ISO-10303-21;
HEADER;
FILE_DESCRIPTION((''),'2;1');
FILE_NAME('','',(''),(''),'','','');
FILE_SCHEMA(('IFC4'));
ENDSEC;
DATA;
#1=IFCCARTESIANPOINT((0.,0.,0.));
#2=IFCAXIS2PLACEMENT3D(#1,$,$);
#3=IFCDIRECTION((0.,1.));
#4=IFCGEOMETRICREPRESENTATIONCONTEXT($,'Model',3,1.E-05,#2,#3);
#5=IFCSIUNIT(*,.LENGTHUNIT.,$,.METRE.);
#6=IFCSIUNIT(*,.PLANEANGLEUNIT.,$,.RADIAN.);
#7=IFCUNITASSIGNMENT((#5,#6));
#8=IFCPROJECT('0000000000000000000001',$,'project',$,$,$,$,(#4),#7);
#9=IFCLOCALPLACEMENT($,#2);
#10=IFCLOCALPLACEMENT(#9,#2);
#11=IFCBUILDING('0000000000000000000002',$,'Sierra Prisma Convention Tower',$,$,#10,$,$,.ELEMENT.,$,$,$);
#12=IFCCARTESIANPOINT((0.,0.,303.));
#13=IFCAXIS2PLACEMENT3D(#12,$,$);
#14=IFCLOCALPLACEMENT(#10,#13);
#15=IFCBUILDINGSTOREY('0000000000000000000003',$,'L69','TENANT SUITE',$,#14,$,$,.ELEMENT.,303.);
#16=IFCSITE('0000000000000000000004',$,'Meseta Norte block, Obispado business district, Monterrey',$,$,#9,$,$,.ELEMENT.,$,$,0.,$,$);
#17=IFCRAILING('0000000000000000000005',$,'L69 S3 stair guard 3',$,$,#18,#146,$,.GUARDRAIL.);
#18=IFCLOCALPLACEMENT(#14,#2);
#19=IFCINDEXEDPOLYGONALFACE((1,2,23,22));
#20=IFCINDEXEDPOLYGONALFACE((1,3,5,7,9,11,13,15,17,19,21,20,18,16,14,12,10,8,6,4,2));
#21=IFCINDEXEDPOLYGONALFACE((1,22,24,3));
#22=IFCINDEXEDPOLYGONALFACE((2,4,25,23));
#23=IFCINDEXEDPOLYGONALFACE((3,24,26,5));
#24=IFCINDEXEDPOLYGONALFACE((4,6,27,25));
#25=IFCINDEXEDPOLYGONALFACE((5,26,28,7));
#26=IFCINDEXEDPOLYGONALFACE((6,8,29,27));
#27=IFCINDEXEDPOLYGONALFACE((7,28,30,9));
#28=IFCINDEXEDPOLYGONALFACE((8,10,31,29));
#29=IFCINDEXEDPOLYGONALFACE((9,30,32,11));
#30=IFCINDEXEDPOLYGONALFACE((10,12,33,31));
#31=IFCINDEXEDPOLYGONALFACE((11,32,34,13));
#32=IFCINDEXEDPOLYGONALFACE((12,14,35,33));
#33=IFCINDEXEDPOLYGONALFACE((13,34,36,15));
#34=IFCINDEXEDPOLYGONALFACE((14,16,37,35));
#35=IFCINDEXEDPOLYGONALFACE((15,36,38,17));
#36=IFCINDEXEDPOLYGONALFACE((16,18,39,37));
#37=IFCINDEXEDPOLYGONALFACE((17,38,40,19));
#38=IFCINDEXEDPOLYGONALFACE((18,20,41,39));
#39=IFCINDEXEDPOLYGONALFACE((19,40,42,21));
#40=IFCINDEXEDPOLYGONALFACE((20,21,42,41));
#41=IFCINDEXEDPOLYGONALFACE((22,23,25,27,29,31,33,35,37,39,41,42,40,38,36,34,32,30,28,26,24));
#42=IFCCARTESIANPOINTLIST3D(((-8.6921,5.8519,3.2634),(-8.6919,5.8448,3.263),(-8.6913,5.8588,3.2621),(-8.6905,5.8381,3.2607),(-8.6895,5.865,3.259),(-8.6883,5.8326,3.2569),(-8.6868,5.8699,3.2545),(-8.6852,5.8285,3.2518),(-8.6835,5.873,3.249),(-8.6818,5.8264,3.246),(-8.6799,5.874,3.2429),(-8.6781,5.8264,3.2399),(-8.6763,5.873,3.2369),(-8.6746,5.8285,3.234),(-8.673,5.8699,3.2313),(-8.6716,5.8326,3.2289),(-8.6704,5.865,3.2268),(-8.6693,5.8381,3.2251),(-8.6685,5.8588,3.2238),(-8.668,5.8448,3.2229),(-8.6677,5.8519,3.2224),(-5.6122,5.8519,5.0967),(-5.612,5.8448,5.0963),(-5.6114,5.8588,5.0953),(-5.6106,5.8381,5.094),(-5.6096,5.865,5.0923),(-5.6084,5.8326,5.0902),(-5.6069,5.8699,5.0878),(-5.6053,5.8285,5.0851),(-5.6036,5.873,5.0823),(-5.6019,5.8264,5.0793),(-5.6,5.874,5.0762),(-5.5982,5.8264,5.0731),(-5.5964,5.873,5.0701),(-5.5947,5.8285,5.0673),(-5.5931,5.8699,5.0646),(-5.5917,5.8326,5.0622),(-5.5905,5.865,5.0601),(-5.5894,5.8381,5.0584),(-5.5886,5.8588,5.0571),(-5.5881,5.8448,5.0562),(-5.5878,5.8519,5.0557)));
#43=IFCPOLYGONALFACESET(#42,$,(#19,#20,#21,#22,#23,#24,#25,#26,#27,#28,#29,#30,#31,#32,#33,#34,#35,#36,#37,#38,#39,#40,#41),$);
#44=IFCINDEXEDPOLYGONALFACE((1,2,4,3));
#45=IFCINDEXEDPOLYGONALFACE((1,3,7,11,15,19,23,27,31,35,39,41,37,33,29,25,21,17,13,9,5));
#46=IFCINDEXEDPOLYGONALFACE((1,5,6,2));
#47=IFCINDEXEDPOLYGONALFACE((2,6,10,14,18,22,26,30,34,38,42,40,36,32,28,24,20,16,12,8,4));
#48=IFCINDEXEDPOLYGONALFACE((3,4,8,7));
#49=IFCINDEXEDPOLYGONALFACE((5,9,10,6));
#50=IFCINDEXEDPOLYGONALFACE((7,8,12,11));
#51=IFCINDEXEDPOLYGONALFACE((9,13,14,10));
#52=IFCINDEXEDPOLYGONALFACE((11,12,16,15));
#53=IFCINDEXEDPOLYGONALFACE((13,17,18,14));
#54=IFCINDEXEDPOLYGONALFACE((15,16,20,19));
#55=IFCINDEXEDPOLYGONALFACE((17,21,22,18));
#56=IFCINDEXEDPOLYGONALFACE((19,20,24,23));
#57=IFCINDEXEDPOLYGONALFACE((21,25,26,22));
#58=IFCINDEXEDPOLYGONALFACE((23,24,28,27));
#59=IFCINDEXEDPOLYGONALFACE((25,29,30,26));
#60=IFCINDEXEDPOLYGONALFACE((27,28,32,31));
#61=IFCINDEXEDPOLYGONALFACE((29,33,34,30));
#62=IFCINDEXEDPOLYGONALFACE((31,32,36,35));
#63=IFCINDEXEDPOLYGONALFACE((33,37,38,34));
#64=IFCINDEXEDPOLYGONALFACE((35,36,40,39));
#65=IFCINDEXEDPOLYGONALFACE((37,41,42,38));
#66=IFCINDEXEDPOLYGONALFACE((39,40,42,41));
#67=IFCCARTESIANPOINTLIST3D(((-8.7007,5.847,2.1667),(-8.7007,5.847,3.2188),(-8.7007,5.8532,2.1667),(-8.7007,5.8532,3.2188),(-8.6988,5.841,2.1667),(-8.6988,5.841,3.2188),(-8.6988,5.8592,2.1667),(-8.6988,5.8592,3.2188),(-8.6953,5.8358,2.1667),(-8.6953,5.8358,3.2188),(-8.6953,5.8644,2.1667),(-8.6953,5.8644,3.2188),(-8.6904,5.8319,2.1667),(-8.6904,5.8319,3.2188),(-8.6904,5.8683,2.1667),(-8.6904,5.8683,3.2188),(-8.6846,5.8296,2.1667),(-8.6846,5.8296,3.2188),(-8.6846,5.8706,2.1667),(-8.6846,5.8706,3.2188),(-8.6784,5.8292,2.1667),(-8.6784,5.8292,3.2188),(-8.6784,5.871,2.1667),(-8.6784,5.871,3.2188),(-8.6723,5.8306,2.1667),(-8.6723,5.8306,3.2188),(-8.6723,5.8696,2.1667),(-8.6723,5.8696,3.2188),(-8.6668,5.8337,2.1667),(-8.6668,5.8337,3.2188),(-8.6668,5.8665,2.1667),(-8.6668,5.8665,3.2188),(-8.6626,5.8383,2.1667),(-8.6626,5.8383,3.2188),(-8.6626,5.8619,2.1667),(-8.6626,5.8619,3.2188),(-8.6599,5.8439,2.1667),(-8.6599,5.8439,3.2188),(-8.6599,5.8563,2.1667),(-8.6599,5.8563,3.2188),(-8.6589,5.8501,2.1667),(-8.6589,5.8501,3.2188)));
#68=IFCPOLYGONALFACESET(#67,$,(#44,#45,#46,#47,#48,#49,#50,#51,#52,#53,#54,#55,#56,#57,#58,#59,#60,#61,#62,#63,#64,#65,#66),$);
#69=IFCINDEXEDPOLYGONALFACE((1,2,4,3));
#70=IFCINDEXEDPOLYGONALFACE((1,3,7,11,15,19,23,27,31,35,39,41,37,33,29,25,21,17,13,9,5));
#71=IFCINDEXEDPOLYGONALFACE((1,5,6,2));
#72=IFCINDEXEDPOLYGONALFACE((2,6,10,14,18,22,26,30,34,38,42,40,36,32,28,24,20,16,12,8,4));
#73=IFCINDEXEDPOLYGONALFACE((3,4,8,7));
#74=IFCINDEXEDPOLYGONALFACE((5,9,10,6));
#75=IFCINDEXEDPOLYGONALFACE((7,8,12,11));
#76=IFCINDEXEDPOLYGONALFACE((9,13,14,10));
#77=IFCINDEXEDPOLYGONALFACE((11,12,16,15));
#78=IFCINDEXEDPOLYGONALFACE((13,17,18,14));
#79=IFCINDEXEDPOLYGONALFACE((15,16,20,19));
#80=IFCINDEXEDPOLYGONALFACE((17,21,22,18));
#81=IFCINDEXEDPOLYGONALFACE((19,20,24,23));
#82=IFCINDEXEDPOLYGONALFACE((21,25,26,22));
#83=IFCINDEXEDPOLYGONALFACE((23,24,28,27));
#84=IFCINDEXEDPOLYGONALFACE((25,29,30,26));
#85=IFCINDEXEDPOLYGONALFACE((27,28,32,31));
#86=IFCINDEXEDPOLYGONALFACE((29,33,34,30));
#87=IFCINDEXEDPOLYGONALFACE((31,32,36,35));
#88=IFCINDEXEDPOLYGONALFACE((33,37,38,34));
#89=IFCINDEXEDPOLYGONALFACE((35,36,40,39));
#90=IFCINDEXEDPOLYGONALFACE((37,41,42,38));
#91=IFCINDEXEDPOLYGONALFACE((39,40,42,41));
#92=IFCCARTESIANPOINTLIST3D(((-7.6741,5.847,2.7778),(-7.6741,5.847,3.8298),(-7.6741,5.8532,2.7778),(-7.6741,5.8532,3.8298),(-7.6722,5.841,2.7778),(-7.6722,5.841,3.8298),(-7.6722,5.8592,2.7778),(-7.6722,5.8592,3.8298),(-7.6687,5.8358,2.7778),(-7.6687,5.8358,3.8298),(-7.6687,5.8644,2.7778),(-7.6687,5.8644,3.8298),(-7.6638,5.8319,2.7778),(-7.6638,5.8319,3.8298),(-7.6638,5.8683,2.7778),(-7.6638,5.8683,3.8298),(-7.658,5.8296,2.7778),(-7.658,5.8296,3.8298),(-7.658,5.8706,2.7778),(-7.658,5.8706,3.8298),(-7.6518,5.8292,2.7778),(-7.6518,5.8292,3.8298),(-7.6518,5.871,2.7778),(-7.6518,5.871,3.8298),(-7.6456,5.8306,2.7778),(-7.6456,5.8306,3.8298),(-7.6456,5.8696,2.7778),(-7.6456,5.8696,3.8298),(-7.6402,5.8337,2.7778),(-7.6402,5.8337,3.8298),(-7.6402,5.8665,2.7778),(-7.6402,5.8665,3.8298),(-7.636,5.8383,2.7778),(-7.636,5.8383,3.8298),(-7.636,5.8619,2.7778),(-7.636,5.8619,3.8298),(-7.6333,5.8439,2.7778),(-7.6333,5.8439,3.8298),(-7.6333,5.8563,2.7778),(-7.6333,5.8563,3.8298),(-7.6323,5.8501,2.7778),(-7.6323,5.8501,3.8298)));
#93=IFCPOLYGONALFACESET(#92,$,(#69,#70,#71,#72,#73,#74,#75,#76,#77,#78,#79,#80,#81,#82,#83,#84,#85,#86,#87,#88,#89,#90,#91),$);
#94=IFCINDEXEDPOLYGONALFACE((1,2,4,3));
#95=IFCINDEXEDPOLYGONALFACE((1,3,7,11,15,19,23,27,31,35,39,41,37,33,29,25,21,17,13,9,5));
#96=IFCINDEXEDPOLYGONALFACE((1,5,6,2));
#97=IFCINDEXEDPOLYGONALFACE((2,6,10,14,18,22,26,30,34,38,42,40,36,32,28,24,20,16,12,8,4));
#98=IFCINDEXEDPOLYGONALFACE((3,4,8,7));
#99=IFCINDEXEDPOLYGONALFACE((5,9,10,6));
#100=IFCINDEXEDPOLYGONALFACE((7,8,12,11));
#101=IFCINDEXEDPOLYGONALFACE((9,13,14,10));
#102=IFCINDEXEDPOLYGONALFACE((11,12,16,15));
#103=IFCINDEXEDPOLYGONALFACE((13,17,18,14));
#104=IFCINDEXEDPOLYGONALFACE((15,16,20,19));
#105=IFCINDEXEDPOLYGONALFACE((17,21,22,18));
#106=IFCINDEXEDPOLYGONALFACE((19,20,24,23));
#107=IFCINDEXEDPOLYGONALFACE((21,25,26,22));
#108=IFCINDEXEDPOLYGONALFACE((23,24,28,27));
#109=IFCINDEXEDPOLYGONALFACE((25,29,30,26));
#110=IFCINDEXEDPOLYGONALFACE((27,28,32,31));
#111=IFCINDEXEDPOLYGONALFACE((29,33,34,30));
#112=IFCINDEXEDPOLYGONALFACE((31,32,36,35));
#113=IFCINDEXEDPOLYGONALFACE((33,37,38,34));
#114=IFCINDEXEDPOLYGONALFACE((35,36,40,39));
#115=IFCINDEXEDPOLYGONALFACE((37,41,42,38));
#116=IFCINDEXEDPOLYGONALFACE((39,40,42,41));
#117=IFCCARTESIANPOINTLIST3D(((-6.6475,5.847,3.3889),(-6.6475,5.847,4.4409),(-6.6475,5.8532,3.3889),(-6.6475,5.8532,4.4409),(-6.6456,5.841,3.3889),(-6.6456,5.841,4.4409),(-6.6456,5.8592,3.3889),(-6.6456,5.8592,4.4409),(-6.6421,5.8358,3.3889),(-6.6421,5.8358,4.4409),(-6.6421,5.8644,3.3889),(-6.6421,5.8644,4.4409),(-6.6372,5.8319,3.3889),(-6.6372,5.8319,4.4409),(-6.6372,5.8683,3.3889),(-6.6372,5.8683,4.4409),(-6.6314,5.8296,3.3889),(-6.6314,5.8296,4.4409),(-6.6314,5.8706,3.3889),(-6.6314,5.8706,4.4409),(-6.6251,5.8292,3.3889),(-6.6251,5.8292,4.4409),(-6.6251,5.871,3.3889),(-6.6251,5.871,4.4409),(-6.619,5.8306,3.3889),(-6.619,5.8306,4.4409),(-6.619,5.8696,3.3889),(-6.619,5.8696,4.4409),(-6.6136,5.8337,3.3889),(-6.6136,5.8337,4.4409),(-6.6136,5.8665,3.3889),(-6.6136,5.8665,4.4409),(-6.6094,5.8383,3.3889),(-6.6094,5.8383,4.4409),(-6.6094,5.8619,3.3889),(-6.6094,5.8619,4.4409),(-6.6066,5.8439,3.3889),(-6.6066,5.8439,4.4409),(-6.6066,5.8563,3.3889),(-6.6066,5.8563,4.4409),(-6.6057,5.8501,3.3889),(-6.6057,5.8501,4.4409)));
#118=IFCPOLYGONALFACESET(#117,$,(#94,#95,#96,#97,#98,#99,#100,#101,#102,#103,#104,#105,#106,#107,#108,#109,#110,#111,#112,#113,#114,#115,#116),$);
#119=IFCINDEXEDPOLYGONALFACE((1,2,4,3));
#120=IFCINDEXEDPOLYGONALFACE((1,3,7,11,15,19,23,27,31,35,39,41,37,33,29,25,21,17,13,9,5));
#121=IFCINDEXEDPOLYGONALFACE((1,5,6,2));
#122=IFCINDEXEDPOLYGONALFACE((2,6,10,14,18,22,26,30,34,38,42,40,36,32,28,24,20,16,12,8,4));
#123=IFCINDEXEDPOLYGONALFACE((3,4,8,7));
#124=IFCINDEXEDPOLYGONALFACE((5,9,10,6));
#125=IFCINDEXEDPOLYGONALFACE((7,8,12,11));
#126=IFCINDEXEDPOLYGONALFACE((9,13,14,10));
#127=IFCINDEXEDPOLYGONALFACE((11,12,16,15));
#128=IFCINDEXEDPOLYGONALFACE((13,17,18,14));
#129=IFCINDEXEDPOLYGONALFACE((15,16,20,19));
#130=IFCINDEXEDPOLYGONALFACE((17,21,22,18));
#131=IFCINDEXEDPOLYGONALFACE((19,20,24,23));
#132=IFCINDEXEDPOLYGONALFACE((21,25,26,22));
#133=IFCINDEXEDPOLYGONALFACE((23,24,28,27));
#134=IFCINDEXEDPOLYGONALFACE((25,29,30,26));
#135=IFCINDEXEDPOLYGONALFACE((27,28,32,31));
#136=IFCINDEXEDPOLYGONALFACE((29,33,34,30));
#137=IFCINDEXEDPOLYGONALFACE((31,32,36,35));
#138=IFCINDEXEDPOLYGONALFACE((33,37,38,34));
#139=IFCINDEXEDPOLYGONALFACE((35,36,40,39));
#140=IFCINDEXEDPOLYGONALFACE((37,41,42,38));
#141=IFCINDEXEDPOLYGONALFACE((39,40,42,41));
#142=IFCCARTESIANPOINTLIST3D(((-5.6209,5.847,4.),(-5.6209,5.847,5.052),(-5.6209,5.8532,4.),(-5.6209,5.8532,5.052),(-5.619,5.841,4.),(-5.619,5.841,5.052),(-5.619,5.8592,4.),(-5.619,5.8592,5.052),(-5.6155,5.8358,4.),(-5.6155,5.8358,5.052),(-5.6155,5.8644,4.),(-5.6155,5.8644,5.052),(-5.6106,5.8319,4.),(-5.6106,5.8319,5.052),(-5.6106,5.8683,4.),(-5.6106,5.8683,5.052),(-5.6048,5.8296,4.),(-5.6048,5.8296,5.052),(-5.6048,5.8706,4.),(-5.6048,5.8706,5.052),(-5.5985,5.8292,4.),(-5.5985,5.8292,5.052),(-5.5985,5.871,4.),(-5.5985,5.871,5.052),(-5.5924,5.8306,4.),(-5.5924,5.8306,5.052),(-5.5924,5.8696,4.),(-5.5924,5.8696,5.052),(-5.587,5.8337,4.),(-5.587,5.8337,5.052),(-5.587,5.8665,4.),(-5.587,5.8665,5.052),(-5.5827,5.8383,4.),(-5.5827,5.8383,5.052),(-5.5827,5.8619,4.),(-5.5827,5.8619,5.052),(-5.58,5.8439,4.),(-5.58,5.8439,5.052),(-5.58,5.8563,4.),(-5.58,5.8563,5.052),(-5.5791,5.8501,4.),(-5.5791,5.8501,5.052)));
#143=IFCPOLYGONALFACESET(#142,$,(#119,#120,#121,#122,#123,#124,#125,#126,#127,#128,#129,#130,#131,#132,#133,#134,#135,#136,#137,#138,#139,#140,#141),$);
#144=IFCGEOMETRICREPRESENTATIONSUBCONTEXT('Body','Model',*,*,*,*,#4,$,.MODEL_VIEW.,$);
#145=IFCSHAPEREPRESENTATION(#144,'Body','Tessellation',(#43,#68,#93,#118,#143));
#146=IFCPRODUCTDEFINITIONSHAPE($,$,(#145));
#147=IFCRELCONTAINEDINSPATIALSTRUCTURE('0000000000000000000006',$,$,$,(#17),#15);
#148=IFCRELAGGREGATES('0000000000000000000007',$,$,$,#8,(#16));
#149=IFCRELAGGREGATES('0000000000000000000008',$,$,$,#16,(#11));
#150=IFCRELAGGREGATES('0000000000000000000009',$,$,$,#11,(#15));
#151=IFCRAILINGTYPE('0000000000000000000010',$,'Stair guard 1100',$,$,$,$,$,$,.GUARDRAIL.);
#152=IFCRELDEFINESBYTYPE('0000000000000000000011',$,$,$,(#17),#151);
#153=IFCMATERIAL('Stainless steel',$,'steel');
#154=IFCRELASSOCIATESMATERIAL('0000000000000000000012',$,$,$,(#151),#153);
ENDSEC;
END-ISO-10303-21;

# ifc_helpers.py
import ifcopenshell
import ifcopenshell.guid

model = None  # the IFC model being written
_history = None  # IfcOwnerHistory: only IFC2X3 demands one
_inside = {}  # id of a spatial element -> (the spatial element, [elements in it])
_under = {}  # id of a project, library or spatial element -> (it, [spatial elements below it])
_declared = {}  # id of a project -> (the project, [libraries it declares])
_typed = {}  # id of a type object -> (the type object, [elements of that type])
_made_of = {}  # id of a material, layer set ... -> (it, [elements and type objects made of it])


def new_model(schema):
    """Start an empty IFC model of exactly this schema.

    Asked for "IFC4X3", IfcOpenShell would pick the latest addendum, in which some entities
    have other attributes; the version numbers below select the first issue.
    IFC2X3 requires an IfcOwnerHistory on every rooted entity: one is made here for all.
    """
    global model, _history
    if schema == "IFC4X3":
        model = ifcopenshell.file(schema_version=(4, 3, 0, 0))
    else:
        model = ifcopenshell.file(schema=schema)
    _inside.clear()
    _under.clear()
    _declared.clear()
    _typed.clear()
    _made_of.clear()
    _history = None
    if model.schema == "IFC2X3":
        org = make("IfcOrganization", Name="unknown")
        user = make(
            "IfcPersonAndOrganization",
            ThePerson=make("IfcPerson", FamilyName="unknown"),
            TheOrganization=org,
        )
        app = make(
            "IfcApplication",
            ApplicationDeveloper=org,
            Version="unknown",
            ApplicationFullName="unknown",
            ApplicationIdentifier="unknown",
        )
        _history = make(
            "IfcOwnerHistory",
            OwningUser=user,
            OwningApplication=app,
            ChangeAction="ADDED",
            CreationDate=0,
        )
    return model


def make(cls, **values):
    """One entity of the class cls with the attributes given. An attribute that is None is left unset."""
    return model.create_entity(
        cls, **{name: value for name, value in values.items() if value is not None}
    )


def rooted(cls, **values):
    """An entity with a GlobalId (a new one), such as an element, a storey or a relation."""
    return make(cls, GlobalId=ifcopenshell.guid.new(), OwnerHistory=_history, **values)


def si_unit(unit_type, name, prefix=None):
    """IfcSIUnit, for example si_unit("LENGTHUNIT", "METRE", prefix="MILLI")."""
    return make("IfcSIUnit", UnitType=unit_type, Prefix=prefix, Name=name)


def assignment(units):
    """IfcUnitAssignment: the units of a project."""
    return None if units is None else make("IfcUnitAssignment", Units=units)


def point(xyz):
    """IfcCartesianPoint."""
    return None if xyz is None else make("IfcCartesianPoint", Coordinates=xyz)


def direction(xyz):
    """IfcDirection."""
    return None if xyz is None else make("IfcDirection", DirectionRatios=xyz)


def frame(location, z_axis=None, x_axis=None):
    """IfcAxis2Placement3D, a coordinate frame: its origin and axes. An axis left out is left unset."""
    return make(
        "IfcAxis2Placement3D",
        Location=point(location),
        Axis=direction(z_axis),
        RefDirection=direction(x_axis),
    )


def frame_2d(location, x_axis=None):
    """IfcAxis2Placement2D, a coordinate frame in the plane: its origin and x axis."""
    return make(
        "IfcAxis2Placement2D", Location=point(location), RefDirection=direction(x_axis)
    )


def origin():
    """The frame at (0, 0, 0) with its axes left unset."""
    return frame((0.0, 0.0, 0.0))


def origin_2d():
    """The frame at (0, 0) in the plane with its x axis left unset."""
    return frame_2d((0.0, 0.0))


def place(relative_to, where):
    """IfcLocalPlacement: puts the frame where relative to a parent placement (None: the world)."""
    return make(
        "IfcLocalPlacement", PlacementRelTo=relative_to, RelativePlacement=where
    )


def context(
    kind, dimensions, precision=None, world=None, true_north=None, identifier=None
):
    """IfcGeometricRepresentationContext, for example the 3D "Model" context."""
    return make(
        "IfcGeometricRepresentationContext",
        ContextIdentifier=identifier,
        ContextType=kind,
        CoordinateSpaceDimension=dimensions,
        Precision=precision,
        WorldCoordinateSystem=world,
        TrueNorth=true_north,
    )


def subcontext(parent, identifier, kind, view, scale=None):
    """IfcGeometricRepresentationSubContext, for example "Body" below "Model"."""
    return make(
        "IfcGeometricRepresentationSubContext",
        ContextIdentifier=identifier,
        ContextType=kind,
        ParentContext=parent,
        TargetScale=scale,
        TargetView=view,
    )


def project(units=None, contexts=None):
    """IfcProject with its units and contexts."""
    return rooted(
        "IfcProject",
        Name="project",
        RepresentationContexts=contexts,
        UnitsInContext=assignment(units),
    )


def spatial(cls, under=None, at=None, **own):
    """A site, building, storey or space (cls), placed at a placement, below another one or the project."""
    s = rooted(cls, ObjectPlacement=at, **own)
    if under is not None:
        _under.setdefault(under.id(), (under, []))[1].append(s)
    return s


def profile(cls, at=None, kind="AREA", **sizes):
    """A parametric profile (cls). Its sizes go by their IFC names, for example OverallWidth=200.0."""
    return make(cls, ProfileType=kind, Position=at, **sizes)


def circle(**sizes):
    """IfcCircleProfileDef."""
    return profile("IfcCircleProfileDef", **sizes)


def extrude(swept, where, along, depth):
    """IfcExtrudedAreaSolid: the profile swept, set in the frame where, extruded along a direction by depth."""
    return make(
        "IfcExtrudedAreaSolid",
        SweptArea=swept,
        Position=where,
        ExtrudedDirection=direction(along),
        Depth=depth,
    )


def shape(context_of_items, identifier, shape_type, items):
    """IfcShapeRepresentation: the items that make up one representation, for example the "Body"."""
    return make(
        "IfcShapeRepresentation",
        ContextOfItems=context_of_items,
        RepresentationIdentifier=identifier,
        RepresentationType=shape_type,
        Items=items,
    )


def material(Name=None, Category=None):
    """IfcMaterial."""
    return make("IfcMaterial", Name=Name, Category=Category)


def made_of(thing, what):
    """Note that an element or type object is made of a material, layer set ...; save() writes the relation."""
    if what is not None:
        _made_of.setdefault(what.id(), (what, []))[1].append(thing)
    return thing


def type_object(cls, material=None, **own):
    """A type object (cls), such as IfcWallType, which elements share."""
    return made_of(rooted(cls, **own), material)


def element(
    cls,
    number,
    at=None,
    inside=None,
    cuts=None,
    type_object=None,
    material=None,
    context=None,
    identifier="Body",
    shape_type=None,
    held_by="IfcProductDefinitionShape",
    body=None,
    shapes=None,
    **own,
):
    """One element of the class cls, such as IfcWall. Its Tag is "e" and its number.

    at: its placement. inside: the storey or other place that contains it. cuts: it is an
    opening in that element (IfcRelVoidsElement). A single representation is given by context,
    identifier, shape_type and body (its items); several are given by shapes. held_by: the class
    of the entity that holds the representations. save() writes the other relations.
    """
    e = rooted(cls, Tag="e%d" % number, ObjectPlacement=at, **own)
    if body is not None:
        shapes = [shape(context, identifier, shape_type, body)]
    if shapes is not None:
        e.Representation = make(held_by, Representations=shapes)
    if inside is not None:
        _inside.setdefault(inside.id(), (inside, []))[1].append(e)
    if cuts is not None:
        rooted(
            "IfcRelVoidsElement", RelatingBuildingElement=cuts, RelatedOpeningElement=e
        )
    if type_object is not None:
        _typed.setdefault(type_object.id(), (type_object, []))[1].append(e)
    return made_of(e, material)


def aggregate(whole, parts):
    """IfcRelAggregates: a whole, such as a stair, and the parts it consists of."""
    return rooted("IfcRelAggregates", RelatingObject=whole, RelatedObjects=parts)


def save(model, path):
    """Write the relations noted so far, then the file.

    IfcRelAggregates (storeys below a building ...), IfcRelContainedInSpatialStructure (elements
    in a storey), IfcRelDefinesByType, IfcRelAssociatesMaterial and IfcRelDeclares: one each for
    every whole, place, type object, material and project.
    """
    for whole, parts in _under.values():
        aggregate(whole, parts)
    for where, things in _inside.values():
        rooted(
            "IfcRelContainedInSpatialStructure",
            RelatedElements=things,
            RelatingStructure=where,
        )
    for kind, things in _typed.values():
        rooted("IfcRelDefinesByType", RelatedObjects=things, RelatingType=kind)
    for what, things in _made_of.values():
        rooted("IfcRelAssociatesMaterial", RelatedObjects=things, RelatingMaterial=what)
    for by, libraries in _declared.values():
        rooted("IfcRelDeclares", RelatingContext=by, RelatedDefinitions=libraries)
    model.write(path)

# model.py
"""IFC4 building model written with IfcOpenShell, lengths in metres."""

from ifc_helpers import new_model, si_unit, direction, frame, origin, origin_2d, place, context, subcontext, project, spatial, circle, extrude, material, type_object, element, save


model = new_model("IFC4")

# Units and contexts
model_context = context("Model", 3, precision=1e-05, world=origin(), true_north=direction((0.0, 1.0)))
body_context = subcontext(model_context, "Body", "Model", "MODEL_VIEW")
ifc_project = project(units=[si_unit("LENGTHUNIT", "METRE"), si_unit("PLANEANGLEUNIT", "RADIAN")], contexts=[model_context])

# Site, building, storey
site_placement = place(None, origin())
site = spatial("IfcSite", under=ifc_project, at=site_placement, Name="Meseta Norte block, Obispado business district, Monterrey", CompositionType="ELEMENT", RefElevation=0.0)
building_placement = place(site_placement, origin())
building = spatial("IfcBuilding", under=site, at=building_placement, Name="Sierra Prisma Convention Tower", CompositionType="ELEMENT")
storey_placement = place(building_placement, frame((0.0, 0.0, 303.0)))
storey = spatial("IfcBuildingStorey", under=building, at=storey_placement, Name="L69", Description="TENANT SUITE", CompositionType="ELEMENT", Elevation=303.0)

# Railing
ifc_material_1 = material(Name="Stainless steel", Category="steel")
railing_type_1 = type_object("IfcRailingType", Name="Stair guard 1100", PredefinedType="GUARDRAIL", material=ifc_material_1)
railing_1_placement = place(storey_placement, frame((-8.6799, 5.8501, 2.1667)))
element("IfcRailing", 1, at=railing_1_placement, inside=storey, type_object=railing_type_1, Name="L69 S3 stair guard 3", PredefinedType="GUARDRAIL", context=body_context, shape_type="SweptSolid", body=[
    extrude(circle(Radius=0.0239, at=origin_2d()), frame((0.0, 0.0, 1.0762), z_axis=(0.859291, 0.0, 0.511487), x_axis=(0.0, 1.0, 0.0)), (0.0, 0.0, 1.0), 3.5842),
    extrude(circle(Radius=0.021, at=origin_2d()), origin(), (0.0, 0.0, 1.0), 1.052),
    extrude(circle(Radius=0.021, at=origin_2d()), frame((1.0266, 0.0, 0.6111)), (0.0, 0.0, 1.0), 1.052),
    extrude(circle(Radius=0.021, at=origin_2d()), frame((2.0532, 0.0, 1.2222)), (0.0, 0.0, 1.0), 1.052),
    extrude(circle(Radius=0.021, at=origin_2d()), frame((3.0798, 0.0, 1.8333)), (0.0, 0.0, 1.0), 1.052),
])

save(model, "model.ifc")
